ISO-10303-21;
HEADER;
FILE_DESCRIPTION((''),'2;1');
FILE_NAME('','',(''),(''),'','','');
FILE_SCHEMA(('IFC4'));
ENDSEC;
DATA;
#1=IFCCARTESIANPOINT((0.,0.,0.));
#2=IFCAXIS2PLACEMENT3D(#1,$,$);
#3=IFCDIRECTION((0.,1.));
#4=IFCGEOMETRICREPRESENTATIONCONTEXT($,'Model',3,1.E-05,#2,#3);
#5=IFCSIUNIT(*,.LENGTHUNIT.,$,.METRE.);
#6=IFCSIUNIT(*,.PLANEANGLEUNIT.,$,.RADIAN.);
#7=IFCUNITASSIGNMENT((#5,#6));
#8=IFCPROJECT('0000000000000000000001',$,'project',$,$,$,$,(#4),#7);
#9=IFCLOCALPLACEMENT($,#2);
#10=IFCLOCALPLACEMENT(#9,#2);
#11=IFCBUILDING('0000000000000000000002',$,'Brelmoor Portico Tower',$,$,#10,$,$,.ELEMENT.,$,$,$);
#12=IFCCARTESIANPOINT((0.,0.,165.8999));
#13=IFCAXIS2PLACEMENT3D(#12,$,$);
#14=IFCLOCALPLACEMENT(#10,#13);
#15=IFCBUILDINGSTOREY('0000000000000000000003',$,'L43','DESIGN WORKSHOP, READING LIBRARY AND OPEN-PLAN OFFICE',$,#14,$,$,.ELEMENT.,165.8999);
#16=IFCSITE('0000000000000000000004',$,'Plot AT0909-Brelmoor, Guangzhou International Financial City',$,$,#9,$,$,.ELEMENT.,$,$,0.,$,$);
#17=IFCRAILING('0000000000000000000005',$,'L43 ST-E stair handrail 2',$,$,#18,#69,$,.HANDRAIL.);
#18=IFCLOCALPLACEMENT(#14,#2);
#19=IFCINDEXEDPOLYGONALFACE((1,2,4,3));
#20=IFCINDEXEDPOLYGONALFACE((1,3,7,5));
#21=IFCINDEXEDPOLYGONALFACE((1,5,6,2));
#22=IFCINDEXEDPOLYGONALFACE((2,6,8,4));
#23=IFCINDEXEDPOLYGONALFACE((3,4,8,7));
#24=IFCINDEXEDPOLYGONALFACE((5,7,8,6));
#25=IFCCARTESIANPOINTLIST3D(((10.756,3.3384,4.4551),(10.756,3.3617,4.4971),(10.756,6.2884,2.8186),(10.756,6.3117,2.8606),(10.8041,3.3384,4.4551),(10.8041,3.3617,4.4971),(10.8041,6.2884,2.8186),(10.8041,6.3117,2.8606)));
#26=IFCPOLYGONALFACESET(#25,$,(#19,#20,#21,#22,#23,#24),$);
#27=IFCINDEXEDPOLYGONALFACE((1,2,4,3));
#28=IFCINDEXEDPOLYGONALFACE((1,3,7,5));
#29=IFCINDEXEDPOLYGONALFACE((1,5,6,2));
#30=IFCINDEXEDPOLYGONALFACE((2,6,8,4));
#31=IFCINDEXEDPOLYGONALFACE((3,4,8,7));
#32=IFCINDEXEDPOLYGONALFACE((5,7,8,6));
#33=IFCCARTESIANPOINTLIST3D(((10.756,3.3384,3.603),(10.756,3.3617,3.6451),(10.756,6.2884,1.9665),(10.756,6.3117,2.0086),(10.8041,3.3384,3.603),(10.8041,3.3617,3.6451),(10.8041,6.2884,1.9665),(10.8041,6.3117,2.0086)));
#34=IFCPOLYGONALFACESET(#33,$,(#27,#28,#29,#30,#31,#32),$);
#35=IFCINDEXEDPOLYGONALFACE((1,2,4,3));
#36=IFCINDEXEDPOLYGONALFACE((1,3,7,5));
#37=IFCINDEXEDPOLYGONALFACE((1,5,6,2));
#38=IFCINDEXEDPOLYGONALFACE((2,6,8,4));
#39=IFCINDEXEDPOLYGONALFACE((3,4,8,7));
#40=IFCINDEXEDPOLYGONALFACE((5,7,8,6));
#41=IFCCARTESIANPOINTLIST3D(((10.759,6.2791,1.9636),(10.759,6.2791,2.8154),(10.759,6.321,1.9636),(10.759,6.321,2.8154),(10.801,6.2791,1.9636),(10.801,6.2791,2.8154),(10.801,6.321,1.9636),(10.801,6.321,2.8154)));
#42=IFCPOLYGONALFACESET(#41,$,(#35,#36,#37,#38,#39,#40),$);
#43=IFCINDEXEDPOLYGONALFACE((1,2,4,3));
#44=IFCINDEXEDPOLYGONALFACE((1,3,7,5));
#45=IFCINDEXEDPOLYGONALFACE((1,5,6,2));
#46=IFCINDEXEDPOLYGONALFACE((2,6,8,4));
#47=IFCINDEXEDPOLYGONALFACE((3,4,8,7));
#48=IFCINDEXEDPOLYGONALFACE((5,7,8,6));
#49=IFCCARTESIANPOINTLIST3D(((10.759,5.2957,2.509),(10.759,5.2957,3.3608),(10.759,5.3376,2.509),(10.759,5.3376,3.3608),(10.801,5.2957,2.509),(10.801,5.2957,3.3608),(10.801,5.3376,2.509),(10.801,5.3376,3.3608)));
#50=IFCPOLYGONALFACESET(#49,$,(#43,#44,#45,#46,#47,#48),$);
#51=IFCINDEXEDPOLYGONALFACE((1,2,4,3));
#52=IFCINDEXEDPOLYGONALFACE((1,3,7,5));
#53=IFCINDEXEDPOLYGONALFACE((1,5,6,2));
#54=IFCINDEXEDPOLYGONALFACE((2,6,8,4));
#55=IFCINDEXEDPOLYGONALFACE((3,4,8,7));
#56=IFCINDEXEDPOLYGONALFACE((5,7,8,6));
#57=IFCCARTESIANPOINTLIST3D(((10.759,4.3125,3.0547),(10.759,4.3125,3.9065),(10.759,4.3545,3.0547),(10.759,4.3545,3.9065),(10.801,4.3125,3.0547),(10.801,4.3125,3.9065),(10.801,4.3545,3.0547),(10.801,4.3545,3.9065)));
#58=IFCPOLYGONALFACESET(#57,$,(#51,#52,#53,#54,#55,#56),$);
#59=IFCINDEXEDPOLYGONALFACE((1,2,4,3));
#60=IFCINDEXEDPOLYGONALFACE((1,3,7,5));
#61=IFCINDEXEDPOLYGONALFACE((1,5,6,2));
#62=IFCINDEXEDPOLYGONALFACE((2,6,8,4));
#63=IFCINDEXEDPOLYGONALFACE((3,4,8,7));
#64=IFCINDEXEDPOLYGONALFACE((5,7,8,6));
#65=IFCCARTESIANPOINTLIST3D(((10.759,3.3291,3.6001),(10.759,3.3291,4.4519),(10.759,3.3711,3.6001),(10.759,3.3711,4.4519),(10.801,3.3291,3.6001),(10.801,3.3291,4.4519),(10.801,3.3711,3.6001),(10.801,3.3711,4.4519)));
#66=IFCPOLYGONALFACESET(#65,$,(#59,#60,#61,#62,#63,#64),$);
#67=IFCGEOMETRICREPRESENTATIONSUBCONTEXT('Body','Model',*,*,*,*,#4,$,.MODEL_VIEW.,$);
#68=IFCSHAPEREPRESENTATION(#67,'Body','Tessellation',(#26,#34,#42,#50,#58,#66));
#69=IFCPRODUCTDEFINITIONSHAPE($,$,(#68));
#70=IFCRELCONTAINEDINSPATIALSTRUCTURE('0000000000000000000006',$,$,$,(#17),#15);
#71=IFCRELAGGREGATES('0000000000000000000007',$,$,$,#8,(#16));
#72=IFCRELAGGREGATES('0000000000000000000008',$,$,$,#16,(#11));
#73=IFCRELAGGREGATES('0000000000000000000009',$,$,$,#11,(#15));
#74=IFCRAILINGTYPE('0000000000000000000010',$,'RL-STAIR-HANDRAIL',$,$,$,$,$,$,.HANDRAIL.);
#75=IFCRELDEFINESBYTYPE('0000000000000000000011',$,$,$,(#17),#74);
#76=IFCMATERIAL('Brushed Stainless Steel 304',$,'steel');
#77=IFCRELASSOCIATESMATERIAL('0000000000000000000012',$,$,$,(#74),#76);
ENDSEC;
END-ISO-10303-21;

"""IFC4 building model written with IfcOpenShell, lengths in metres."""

from ifc_helpers import new_model, si_unit, direction, frame, origin, origin_2d, place, context, subcontext, project, spatial, rectangle, extrude, material, type_object, element, save


model = new_model("IFC4")

# Units and contexts
model_context = context("Model", 3, precision=1e-05, world=origin(), true_north=direction((0.0, 1.0)))
body_context = subcontext(model_context, "Body", "Model", "MODEL_VIEW")
ifc_project = project(units=[si_unit("LENGTHUNIT", "METRE"), si_unit("PLANEANGLEUNIT", "RADIAN")], contexts=[model_context])

# Site, building, storey
site_placement = place(None, origin())
site = spatial("IfcSite", under=ifc_project, at=site_placement, Name="Plot AT0909-Brelmoor, Guangzhou International Financial City", CompositionType="ELEMENT", RefElevation=0.0)
building_placement = place(site_placement, origin())
building = spatial("IfcBuilding", under=site, at=building_placement, Name="Brelmoor Portico Tower", CompositionType="ELEMENT")
storey_placement = place(building_placement, frame((0.0, 0.0, 165.8999)))
storey = spatial("IfcBuildingStorey", under=building, at=storey_placement, Name="L43", Description="DESIGN WORKSHOP, READING LIBRARY AND OPEN-PLAN OFFICE", CompositionType="ELEMENT", Elevation=165.8999)

# Railing
ifc_material_1 = material(Name="Brushed Stainless Steel 304", Category="steel")
railing_type = type_object("IfcRailingType", Name="RL-STAIR-HANDRAIL", PredefinedType="HANDRAIL", material=ifc_material_1)
railing_placement = place(storey_placement, frame((10.78, 6.3, 1.9636)))
element("IfcRailing", 1, at=railing_placement, inside=storey, type_object=railing_type, Name="L43 ST-E stair handrail 2", PredefinedType="HANDRAIL", context=body_context, shape_type="SweptSolid", body=[
    extrude(rectangle(XDim=0.0481, YDim=0.0481, at=origin_2d()), frame((0.0, 0.0, 0.876), z_axis=(0.0, -0.874458, 0.485102), x_axis=(1.0, 0.0, 0.0)), (0.0, 0.0, 1.0), 3.3735),
    extrude(rectangle(XDim=0.0481, YDim=0.0481, at=origin_2d()), frame((0.0, 0.0, 0.0239), z_axis=(0.0, -0.874458, 0.485102), x_axis=(1.0, 0.0, 0.0)), (0.0, 0.0, 1.0), 3.3735),
    extrude(rectangle(XDim=0.042, YDim=0.042, at=origin_2d()), origin(), (0.0, 0.0, 1.0), 0.8518),
    extrude(rectangle(XDim=0.042, YDim=0.042, at=origin_2d()), frame((0.0, -0.9834, 0.5454)), (0.0, 0.0, 1.0), 0.8518),
    extrude(rectangle(XDim=0.042, YDim=0.042, at=origin_2d()), frame((0.0, -1.9666, 1.0911)), (0.0, 0.0, 1.0), 0.8518),
    extrude(rectangle(XDim=0.042, YDim=0.042, at=origin_2d()), frame((0.0, -2.95, 1.6365)), (0.0, 0.0, 1.0), 0.8518),
])

save(model, "model.ifc")
